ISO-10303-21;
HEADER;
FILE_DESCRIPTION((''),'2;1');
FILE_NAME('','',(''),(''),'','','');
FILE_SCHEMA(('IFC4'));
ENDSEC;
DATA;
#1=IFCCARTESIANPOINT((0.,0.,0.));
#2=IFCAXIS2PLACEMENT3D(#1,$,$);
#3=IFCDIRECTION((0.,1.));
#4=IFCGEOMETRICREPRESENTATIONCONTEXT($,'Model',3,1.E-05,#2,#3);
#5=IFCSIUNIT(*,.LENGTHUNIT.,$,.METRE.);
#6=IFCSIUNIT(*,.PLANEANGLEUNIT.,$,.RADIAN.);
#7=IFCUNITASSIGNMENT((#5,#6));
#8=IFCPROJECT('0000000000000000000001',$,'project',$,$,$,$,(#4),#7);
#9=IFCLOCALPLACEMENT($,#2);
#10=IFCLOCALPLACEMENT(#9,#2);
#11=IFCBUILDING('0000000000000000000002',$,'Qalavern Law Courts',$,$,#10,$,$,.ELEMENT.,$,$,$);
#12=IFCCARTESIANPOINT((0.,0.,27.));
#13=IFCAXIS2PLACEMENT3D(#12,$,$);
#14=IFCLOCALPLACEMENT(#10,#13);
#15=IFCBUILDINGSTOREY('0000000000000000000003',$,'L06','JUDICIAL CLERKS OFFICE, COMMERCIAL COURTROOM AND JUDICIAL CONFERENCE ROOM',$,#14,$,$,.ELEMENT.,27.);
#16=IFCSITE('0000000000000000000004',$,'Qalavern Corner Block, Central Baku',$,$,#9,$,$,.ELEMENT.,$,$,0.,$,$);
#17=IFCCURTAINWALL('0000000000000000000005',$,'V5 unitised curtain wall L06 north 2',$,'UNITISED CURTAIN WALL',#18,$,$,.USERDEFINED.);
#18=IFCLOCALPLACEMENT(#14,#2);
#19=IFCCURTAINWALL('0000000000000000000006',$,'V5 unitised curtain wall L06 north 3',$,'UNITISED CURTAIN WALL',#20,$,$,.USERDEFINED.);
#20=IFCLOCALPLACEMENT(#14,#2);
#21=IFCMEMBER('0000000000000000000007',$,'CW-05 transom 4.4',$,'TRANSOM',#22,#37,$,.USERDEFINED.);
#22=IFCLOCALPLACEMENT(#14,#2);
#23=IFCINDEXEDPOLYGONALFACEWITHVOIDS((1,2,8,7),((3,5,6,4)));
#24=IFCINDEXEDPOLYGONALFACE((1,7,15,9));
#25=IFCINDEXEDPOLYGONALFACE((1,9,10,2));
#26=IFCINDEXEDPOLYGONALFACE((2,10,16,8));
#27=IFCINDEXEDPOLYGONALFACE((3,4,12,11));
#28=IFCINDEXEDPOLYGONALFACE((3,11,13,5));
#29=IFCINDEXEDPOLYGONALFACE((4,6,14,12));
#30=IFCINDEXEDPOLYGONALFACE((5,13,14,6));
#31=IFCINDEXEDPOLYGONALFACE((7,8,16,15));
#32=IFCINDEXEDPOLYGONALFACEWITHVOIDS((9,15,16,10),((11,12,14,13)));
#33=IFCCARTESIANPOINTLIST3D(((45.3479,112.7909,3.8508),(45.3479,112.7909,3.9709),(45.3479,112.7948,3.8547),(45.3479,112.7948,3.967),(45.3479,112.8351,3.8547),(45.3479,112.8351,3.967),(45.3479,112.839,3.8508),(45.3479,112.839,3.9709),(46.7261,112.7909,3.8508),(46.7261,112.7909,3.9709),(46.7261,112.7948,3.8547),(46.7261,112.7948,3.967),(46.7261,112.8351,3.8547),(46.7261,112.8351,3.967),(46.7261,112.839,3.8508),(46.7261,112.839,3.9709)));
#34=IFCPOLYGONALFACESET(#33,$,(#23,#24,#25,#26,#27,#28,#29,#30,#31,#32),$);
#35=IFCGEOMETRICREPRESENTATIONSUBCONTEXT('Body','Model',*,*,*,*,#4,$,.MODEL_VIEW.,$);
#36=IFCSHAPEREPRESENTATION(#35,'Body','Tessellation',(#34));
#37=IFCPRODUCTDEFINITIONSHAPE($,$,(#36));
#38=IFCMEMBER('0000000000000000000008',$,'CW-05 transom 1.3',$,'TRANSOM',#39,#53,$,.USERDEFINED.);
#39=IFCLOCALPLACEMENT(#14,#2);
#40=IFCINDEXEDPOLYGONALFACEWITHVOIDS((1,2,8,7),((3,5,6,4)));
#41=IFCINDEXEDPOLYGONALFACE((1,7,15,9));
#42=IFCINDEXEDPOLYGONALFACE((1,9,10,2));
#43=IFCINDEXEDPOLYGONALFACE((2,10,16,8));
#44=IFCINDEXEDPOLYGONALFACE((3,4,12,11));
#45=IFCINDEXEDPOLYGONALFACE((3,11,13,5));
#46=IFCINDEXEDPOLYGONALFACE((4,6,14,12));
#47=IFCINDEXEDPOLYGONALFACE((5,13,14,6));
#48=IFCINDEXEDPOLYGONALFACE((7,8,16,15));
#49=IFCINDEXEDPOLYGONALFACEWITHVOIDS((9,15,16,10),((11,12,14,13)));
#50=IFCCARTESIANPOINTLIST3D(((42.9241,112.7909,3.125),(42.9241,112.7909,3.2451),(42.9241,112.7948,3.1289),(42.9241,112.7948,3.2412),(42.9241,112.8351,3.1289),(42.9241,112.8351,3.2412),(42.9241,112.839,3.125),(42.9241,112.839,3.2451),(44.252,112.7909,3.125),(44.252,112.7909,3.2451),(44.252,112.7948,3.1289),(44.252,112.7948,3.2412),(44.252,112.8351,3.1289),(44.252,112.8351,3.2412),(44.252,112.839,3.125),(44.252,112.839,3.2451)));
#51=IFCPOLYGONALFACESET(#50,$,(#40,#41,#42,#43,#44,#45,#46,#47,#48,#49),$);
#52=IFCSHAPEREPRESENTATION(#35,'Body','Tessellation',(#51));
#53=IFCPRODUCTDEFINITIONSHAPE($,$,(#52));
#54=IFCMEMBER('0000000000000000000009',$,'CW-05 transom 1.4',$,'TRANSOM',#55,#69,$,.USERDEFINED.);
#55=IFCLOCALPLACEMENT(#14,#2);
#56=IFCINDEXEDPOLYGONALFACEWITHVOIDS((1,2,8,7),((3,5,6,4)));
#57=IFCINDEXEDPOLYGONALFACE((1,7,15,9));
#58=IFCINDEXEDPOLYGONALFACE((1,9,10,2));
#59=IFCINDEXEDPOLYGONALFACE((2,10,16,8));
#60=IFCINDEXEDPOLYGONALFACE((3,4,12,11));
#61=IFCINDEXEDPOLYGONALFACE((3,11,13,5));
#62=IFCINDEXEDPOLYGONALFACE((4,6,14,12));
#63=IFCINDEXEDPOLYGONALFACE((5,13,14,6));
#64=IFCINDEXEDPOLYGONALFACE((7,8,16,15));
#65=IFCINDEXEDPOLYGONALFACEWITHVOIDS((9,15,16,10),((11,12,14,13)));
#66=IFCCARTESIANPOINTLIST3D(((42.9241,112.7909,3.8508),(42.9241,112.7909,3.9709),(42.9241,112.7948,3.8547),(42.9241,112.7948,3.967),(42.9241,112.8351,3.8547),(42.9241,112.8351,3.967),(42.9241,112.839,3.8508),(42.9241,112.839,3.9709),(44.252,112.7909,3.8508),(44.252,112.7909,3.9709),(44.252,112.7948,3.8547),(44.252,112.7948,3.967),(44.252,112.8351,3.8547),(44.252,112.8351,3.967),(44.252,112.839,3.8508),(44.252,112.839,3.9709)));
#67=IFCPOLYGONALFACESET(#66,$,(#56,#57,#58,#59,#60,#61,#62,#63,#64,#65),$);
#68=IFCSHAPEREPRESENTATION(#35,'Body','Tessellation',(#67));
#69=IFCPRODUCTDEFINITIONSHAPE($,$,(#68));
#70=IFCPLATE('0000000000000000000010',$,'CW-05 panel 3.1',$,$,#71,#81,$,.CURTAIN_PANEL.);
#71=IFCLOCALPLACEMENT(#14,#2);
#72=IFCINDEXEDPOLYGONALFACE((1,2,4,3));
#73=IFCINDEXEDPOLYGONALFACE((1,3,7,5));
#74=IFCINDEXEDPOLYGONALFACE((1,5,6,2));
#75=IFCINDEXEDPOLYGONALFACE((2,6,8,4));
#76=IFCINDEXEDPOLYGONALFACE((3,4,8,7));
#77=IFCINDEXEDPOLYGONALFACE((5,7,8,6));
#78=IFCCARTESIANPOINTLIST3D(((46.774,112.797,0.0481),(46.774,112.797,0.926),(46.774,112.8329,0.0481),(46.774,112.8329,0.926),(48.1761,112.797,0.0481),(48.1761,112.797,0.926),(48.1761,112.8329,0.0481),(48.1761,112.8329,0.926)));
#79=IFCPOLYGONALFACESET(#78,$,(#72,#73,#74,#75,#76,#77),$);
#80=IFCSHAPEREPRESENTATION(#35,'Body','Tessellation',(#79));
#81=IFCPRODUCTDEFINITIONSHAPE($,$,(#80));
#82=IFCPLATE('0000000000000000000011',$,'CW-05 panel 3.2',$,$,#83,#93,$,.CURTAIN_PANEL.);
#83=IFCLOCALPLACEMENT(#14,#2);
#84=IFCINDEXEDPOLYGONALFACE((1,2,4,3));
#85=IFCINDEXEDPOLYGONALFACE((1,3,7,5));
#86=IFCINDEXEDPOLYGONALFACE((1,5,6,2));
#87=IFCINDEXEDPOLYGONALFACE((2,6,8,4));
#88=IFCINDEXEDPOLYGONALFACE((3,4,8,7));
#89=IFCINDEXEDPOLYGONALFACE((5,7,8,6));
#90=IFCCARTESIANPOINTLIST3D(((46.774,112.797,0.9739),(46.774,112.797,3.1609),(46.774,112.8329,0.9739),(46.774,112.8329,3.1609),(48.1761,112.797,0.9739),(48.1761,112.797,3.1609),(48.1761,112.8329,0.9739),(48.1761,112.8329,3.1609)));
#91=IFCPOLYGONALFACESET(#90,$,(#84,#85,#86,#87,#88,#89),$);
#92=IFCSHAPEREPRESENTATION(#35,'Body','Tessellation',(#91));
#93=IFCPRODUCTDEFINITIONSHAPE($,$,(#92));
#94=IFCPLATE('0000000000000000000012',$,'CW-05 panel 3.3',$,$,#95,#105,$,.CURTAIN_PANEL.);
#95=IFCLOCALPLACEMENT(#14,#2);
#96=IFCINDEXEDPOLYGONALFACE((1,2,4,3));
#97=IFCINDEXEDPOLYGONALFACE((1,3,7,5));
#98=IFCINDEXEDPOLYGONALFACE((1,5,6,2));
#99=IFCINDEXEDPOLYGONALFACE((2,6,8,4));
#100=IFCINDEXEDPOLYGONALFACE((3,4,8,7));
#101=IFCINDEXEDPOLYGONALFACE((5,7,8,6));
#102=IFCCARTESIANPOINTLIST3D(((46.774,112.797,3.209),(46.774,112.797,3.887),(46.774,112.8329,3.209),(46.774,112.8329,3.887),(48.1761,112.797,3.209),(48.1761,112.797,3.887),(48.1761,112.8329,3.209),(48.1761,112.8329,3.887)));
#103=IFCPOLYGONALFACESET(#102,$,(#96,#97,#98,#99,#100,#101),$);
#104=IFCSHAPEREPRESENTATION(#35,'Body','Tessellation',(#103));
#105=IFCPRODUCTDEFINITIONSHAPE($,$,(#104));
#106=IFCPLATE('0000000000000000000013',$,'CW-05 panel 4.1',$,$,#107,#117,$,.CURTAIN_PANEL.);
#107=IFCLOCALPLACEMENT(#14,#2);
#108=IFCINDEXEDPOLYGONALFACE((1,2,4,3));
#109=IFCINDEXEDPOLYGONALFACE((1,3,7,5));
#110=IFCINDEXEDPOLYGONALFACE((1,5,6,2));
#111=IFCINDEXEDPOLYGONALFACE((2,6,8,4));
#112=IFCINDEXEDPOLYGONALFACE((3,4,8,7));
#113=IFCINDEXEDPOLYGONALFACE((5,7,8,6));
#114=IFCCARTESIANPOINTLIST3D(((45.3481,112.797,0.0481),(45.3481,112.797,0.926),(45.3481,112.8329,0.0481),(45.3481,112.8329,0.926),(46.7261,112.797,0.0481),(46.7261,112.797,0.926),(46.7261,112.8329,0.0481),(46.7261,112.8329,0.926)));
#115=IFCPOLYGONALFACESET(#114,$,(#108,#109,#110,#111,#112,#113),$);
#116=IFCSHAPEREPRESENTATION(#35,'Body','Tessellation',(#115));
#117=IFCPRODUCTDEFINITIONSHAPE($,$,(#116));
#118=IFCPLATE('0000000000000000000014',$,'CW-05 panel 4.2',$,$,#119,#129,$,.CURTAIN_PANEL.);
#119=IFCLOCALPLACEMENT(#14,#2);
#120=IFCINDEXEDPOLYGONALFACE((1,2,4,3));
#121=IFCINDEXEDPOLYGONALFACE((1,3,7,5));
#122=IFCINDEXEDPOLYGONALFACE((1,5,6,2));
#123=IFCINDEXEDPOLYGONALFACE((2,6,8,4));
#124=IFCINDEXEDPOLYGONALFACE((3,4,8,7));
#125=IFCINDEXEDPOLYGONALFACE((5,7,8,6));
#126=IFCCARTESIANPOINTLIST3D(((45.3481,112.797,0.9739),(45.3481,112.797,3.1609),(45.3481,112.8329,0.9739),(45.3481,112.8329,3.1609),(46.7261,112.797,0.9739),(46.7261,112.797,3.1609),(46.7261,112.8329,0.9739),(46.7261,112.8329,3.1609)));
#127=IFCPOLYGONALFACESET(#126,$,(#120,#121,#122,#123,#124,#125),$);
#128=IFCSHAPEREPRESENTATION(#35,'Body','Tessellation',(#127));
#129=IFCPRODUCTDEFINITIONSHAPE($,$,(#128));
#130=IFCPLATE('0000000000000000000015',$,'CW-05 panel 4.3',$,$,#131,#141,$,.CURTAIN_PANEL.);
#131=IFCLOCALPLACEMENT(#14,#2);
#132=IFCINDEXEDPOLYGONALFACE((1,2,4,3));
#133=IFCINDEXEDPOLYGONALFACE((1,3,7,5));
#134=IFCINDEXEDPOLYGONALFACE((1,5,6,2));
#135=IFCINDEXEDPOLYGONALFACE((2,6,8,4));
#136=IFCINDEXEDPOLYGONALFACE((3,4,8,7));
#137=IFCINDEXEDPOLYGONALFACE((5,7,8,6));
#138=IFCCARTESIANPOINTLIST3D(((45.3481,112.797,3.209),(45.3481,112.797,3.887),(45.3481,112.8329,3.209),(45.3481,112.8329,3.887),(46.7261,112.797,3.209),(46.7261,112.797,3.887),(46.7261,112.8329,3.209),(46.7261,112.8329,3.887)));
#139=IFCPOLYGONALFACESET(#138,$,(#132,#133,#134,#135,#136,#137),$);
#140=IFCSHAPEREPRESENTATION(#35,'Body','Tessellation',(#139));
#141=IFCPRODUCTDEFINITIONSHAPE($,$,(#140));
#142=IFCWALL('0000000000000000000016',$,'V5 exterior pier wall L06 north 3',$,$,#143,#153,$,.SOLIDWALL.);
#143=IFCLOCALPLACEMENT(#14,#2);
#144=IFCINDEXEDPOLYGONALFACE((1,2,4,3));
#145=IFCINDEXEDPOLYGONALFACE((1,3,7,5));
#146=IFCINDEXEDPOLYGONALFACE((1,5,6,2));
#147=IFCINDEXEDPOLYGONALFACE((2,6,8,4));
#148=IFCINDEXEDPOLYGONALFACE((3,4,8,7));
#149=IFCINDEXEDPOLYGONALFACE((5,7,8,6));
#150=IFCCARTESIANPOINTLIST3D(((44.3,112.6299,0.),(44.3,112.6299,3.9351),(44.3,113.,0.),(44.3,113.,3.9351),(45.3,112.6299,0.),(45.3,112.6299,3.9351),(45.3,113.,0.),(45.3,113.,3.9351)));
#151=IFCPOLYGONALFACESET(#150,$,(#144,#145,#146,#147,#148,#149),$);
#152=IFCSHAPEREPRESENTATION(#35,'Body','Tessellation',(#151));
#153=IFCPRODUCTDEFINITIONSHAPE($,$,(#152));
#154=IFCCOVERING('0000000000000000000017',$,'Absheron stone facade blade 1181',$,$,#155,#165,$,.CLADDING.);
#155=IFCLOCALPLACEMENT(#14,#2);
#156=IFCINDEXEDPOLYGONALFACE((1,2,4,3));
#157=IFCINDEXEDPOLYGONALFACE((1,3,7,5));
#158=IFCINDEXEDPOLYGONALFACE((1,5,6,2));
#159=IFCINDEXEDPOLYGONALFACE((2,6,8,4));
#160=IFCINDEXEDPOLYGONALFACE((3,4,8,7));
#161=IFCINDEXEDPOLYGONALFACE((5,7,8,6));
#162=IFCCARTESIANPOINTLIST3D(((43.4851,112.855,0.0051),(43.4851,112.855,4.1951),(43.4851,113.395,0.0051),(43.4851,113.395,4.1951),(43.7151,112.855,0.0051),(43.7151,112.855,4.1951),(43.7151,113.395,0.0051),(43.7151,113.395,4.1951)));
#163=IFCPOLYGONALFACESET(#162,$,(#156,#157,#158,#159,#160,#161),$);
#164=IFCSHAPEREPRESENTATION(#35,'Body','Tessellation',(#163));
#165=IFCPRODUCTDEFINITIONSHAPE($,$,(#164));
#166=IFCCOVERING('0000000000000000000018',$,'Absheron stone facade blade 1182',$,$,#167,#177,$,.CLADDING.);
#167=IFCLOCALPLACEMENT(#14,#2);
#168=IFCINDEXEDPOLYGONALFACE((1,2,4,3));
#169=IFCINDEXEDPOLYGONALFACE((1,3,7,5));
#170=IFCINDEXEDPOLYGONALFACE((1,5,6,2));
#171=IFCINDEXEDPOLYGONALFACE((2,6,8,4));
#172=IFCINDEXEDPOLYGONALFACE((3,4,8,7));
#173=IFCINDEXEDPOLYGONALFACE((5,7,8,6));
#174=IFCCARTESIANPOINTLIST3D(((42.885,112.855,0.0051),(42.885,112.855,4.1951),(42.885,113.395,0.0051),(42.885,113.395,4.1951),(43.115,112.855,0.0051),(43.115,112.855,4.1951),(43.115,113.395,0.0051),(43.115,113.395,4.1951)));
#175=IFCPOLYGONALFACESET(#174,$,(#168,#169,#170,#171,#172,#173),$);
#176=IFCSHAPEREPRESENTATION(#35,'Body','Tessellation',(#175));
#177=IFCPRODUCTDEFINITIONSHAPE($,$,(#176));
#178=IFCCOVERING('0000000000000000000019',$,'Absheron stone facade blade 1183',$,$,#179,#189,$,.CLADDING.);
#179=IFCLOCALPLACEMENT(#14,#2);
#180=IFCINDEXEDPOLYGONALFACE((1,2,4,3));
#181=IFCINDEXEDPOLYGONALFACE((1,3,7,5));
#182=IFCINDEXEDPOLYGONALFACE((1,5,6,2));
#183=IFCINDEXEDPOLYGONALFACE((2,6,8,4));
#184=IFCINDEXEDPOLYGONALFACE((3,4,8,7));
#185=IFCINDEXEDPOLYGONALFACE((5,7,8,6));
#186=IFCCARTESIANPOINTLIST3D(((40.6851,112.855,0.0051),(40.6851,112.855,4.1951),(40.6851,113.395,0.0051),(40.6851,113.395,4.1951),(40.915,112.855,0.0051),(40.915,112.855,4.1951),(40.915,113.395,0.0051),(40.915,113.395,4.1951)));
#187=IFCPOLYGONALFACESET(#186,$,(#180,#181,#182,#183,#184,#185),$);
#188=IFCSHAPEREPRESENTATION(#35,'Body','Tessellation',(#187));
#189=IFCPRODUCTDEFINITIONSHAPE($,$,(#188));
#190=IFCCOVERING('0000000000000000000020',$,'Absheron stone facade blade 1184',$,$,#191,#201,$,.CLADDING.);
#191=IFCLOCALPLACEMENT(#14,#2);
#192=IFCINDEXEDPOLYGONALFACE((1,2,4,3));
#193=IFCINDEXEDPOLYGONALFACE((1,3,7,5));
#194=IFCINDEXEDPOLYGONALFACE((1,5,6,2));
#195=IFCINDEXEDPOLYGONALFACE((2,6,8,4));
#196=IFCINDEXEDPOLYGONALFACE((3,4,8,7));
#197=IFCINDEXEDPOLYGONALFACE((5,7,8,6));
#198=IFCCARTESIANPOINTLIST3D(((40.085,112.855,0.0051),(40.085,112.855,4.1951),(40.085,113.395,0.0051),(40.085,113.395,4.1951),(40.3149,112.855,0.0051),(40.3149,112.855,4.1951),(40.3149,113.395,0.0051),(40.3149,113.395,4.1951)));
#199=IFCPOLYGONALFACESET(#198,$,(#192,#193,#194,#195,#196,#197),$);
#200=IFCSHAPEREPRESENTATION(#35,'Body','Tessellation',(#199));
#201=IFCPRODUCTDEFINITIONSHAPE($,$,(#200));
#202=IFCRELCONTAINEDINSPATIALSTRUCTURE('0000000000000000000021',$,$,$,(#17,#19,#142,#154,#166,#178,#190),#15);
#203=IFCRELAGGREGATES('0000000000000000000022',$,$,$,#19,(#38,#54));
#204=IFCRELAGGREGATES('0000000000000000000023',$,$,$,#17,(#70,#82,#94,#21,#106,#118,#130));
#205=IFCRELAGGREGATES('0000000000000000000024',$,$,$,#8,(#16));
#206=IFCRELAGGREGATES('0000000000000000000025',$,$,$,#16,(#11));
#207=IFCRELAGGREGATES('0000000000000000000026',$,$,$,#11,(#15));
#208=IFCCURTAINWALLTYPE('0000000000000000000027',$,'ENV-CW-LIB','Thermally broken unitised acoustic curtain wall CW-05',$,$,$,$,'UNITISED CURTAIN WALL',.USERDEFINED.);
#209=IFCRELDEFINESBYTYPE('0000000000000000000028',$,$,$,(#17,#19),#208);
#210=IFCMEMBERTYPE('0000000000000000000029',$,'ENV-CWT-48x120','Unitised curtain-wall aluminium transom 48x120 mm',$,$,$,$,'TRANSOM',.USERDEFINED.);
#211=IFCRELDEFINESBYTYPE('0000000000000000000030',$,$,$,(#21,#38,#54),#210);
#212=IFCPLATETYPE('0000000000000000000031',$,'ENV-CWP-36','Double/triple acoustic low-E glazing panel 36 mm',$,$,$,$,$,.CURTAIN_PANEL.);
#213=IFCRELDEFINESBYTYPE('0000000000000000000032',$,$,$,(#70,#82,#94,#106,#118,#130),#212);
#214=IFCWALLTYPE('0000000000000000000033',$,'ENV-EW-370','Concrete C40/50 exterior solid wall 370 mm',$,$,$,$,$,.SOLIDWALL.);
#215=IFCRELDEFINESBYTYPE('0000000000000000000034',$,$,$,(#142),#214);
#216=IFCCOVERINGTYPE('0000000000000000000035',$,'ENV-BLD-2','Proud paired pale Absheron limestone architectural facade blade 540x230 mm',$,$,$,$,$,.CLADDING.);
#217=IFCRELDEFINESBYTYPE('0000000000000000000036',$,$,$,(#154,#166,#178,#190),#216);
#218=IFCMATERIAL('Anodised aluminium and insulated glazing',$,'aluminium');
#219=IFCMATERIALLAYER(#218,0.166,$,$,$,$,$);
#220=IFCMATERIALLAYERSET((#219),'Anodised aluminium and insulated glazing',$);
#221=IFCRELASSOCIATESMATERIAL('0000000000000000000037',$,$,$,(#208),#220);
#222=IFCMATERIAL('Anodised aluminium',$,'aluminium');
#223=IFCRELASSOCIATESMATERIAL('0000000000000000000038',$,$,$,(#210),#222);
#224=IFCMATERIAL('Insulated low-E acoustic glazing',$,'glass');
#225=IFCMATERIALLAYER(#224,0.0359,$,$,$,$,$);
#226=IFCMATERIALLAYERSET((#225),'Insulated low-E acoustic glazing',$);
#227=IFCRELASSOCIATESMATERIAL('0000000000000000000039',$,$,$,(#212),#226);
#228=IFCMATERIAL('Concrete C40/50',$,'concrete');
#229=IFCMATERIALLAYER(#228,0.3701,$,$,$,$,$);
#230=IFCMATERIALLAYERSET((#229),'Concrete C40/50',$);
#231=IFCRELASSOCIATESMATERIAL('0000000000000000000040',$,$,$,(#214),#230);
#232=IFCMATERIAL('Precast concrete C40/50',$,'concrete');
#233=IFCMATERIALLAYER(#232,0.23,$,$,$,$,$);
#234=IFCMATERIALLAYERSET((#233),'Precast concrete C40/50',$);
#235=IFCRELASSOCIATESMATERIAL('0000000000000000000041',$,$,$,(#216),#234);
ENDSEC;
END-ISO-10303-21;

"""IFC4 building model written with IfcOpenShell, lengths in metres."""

from ifc_helpers import new_model, si_unit, direction, frame, frame_2d, origin, origin_2d, place, context, subcontext, project, spatial, rectangle, hollow_rectangle, extrude, material, layer, layer_set, material_profile, profile_set, type_object, element, aggregate, save


model = new_model("IFC4")

# Units and contexts
model_context = context("Model", 3, precision=1e-05, world=origin(), true_north=direction((0.0, 1.0)))
body_context = subcontext(model_context, "Body", "Model", "MODEL_VIEW")
ifc_project = project(units=[si_unit("LENGTHUNIT", "METRE"), si_unit("PLANEANGLEUNIT", "RADIAN")], contexts=[model_context])

# Site, building, storey
site_placement = place(None, origin())
site = spatial("IfcSite", under=ifc_project, at=site_placement, Name="Qalavern Corner Block, Central Baku", CompositionType="ELEMENT", RefElevation=0.0)
building_placement = place(site_placement, origin())
building = spatial("IfcBuilding", under=site, at=building_placement, Name="Qalavern Law Courts", CompositionType="ELEMENT")
storey_placement = place(building_placement, frame((0.0, 0.0, 27.0)))
storey = spatial("IfcBuildingStorey", under=building, at=storey_placement, Name="L06", Description="JUDICIAL CLERKS OFFICE, COMMERCIAL COURTROOM AND JUDICIAL CONFERENCE ROOM", CompositionType="ELEMENT", Elevation=27.0)

# Curtain wall
ifc_material_1 = material(Name="Anodised aluminium and insulated glazing", Category="aluminium")
ifc_layer_1 = layer(ifc_material_1, 0.166)
ifc_layer_set_1 = layer_set([ifc_layer_1], Name="Anodised aluminium and insulated glazing")
curtain_wall_type = type_object("IfcCurtainWallType", Name="ENV-CW-LIB", Description="Thermally broken unitised acoustic curtain wall CW-05", ElementType="UNITISED CURTAIN WALL", PredefinedType="USERDEFINED", material=ifc_layer_set_1)
curtain_wall_1_placement = place(storey_placement, origin())
curtain_wall_1 = element("IfcCurtainWall", 1, at=curtain_wall_1_placement, inside=storey, type_object=curtain_wall_type, Name="V5 unitised curtain wall L06 north 2", ObjectType="UNITISED CURTAIN WALL", PredefinedType="USERDEFINED")
ifc_material_2 = material(Name="Anodised aluminium", Category="aluminium")

# Curtain wall
curtain_wall_2_placement = place(storey_placement, origin())
curtain_wall_2 = element("IfcCurtainWall", 2, at=curtain_wall_2_placement, inside=storey, type_object=curtain_wall_type, Name="V5 unitised curtain wall L06 north 3", ObjectType="UNITISED CURTAIN WALL", PredefinedType="USERDEFINED")

# Members
ifc_material_profile_1 = material_profile(ifc_material_2, hollow_rectangle(XDim=0.0481, YDim=0.1201, WallThickness=0.0039, at=origin_2d()), Name="ALU TRANSOM 48x120")
ifc_profile_set_1 = profile_set([ifc_material_profile_1], Name="Anodised aluminium")
member_type_1 = type_object("IfcMemberType", Name="ENV-CWT-48x120", Description="Unitised curtain-wall aluminium transom 48x120 mm", ElementType="TRANSOM", PredefinedType="USERDEFINED", material=ifc_profile_set_1)
member_1_placement = place(storey_placement, frame((46.7261, 112.8149, 3.9109), z_axis=(-1.0, 0.0, 0.0), x_axis=(0.0, -1.0, 0.0)))
member_1 = element("IfcMember", 3, at=member_1_placement, type_object=member_type_1, Name="CW-05 transom 4.4", ObjectType="TRANSOM", PredefinedType="USERDEFINED", context=body_context, shape_type="SweptSolid", body=[
    extrude(hollow_rectangle(XDim=0.0481, YDim=0.1201, WallThickness=0.0039, at=origin_2d()), origin(), (0.0, 0.0, 1.0), 1.3782),
])
member_2_placement = place(storey_placement, frame((44.252, 112.8149, 3.1851), z_axis=(-1.0, 0.0, 0.0), x_axis=(0.0, -1.0, 0.0)))
member_2 = element("IfcMember", 4, at=member_2_placement, type_object=member_type_1, Name="CW-05 transom 1.3", ObjectType="TRANSOM", PredefinedType="USERDEFINED", context=body_context, shape_type="SweptSolid", body=[
    extrude(hollow_rectangle(XDim=0.0481, YDim=0.1201, WallThickness=0.0039, at=origin_2d()), origin(), (0.0, 0.0, 1.0), 1.3279),
])
member_3_placement = place(storey_placement, frame((44.252, 112.8149, 3.9109), z_axis=(-1.0, 0.0, 0.0), x_axis=(0.0, -1.0, 0.0)))
member_3 = element("IfcMember", 5, at=member_3_placement, type_object=member_type_1, Name="CW-05 transom 1.4", ObjectType="TRANSOM", PredefinedType="USERDEFINED", context=body_context, shape_type="SweptSolid", body=[
    extrude(hollow_rectangle(XDim=0.0481, YDim=0.1201, WallThickness=0.0039, at=origin_2d()), origin(), (0.0, 0.0, 1.0), 1.3279),
])
aggregate(curtain_wall_2, [member_2, member_3])

# Plates
ifc_material_3 = material(Name="Insulated low-E acoustic glazing", Category="glass")
ifc_layer_2 = layer(ifc_material_3, 0.0359)
ifc_layer_set_2 = layer_set([ifc_layer_2], Name="Insulated low-E acoustic glazing")
plate_type = type_object("IfcPlateType", Name="ENV-CWP-36", Description="Double/triple acoustic low-E glazing panel 36 mm", PredefinedType="CURTAIN_PANEL", material=ifc_layer_set_2)
plate_1_placement = place(storey_placement, frame((47.4751, 112.8149, 0.0481), z_axis=(0.0, 0.0, 1.0), x_axis=(-1.0, 0.0, 0.0)))
plate_1 = element("IfcPlate", 6, at=plate_1_placement, type_object=plate_type, Name="CW-05 panel 3.1", PredefinedType="CURTAIN_PANEL", context=body_context, shape_type="SweptSolid", body=[
    extrude(rectangle(XDim=1.4021, YDim=0.0359, at=origin_2d()), origin(), (0.0, 0.0, 1.0), 0.8779),
])
plate_2_placement = place(storey_placement, frame((47.4751, 112.8149, 0.9739), z_axis=(0.0, 0.0, 1.0), x_axis=(-1.0, 0.0, 0.0)))
plate_2 = element("IfcPlate", 7, at=plate_2_placement, type_object=plate_type, Name="CW-05 panel 3.2", PredefinedType="CURTAIN_PANEL", context=body_context, shape_type="SweptSolid", body=[
    extrude(rectangle(XDim=1.4021, YDim=0.0359, at=origin_2d()), origin(), (0.0, 0.0, 1.0), 2.187),
])
plate_3_placement = place(storey_placement, frame((47.4751, 112.8149, 3.209), z_axis=(0.0, 0.0, 1.0), x_axis=(-1.0, 0.0, 0.0)))
plate_3 = element("IfcPlate", 8, at=plate_3_placement, type_object=plate_type, Name="CW-05 panel 3.3", PredefinedType="CURTAIN_PANEL", context=body_context, shape_type="SweptSolid", body=[
    extrude(rectangle(XDim=1.4021, YDim=0.0359, at=origin_2d()), origin(), (0.0, 0.0, 1.0), 0.678),
])
plate_4_placement = place(storey_placement, frame((46.0371, 112.8149, 0.0481), z_axis=(0.0, 0.0, 1.0), x_axis=(-1.0, 0.0, 0.0)))
plate_4 = element("IfcPlate", 9, at=plate_4_placement, type_object=plate_type, Name="CW-05 panel 4.1", PredefinedType="CURTAIN_PANEL", context=body_context, shape_type="SweptSolid", body=[
    extrude(rectangle(XDim=1.3779, YDim=0.0359, at=origin_2d()), origin(), (0.0, 0.0, 1.0), 0.8779),
])
plate_5_placement = place(storey_placement, frame((46.0371, 112.8149, 0.9739), z_axis=(0.0, 0.0, 1.0), x_axis=(-1.0, 0.0, 0.0)))
plate_5 = element("IfcPlate", 10, at=plate_5_placement, type_object=plate_type, Name="CW-05 panel 4.2", PredefinedType="CURTAIN_PANEL", context=body_context, shape_type="SweptSolid", body=[
    extrude(rectangle(XDim=1.3779, YDim=0.0359, at=origin_2d()), origin(), (0.0, 0.0, 1.0), 2.187),
])
plate_6_placement = place(storey_placement, frame((46.0371, 112.8149, 3.209), z_axis=(0.0, 0.0, 1.0), x_axis=(-1.0, 0.0, 0.0)))
plate_6 = element("IfcPlate", 11, at=plate_6_placement, type_object=plate_type, Name="CW-05 panel 4.3", PredefinedType="CURTAIN_PANEL", context=body_context, shape_type="SweptSolid", body=[
    extrude(rectangle(XDim=1.3779, YDim=0.0359, at=origin_2d()), origin(), (0.0, 0.0, 1.0), 0.678),
])
aggregate(curtain_wall_1, [plate_1, plate_2, plate_3, member_1, plate_4, plate_5, plate_6])

# Wall
ifc_material_4 = material(Name="Concrete C40/50", Category="concrete")
ifc_layer_3 = layer(ifc_material_4, 0.3701)
ifc_layer_set_3 = layer_set([ifc_layer_3], Name="Concrete C40/50")
wall_type = type_object("IfcWallType", Name="ENV-EW-370", Description="Concrete C40/50 exterior solid wall 370 mm", PredefinedType="SOLIDWALL", material=ifc_layer_set_3)
wall_placement = place(storey_placement, frame((45.3, 112.8149, 0.0), z_axis=(0.0, 0.0, 1.0), x_axis=(-1.0, 0.0, 0.0)))
element("IfcWall", 12, at=wall_placement, inside=storey, type_object=wall_type, Name="V5 exterior pier wall L06 north 3", PredefinedType="SOLIDWALL", context=body_context, shape_type="SweptSolid", body=[
    extrude(rectangle(XDim=1.0, YDim=0.3701, at=frame_2d((0.5, 0.0))), origin(), (0.0, 0.0, 1.0), 3.9351),
])

# Coverings
ifc_material_5 = material(Name="Precast concrete C40/50", Category="concrete")
ifc_layer_4 = layer(ifc_material_5, 0.23)
ifc_layer_set_4 = layer_set([ifc_layer_4], Name="Precast concrete C40/50")
covering_type_1 = type_object("IfcCoveringType", Name="ENV-BLD-2", Description="Proud paired pale Absheron limestone architectural facade blade 540x230 mm", PredefinedType="CLADDING", material=ifc_layer_set_4)
for number, where, z_axis, x_axis, name in (
    (13, (43.6001, 113.125, 0.0051), (0.0, 0.0, 1.0), (0.0, 1.0, 0.0), "Absheron stone facade blade 1181"),
    (14, (43.0, 113.125, 0.0051), (0.0, 0.0, 1.0), (0.0, 1.0, 0.0), "Absheron stone facade blade 1182"),
    (15, (40.8, 113.125, 0.0051), (0.0, 0.0, 1.0), (0.0, 1.0, 0.0), "Absheron stone facade blade 1183"),
    (16, (40.2, 113.125, 0.0051), (0.0, 0.0, 1.0), (0.0, 1.0, 0.0), "Absheron stone facade blade 1184"),
):
    element("IfcCovering", number, at=place(storey_placement, frame(where, z_axis=z_axis, x_axis=x_axis)), inside=storey, type_object=covering_type_1, Name=name, PredefinedType="CLADDING", context=body_context, shape_type="SweptSolid", body=[
        extrude(rectangle(XDim=0.54, YDim=0.23, at=origin_2d()), origin(), (0.0, 0.0, 1.0), 4.1899),
    ])

save(model, "model.ifc")
